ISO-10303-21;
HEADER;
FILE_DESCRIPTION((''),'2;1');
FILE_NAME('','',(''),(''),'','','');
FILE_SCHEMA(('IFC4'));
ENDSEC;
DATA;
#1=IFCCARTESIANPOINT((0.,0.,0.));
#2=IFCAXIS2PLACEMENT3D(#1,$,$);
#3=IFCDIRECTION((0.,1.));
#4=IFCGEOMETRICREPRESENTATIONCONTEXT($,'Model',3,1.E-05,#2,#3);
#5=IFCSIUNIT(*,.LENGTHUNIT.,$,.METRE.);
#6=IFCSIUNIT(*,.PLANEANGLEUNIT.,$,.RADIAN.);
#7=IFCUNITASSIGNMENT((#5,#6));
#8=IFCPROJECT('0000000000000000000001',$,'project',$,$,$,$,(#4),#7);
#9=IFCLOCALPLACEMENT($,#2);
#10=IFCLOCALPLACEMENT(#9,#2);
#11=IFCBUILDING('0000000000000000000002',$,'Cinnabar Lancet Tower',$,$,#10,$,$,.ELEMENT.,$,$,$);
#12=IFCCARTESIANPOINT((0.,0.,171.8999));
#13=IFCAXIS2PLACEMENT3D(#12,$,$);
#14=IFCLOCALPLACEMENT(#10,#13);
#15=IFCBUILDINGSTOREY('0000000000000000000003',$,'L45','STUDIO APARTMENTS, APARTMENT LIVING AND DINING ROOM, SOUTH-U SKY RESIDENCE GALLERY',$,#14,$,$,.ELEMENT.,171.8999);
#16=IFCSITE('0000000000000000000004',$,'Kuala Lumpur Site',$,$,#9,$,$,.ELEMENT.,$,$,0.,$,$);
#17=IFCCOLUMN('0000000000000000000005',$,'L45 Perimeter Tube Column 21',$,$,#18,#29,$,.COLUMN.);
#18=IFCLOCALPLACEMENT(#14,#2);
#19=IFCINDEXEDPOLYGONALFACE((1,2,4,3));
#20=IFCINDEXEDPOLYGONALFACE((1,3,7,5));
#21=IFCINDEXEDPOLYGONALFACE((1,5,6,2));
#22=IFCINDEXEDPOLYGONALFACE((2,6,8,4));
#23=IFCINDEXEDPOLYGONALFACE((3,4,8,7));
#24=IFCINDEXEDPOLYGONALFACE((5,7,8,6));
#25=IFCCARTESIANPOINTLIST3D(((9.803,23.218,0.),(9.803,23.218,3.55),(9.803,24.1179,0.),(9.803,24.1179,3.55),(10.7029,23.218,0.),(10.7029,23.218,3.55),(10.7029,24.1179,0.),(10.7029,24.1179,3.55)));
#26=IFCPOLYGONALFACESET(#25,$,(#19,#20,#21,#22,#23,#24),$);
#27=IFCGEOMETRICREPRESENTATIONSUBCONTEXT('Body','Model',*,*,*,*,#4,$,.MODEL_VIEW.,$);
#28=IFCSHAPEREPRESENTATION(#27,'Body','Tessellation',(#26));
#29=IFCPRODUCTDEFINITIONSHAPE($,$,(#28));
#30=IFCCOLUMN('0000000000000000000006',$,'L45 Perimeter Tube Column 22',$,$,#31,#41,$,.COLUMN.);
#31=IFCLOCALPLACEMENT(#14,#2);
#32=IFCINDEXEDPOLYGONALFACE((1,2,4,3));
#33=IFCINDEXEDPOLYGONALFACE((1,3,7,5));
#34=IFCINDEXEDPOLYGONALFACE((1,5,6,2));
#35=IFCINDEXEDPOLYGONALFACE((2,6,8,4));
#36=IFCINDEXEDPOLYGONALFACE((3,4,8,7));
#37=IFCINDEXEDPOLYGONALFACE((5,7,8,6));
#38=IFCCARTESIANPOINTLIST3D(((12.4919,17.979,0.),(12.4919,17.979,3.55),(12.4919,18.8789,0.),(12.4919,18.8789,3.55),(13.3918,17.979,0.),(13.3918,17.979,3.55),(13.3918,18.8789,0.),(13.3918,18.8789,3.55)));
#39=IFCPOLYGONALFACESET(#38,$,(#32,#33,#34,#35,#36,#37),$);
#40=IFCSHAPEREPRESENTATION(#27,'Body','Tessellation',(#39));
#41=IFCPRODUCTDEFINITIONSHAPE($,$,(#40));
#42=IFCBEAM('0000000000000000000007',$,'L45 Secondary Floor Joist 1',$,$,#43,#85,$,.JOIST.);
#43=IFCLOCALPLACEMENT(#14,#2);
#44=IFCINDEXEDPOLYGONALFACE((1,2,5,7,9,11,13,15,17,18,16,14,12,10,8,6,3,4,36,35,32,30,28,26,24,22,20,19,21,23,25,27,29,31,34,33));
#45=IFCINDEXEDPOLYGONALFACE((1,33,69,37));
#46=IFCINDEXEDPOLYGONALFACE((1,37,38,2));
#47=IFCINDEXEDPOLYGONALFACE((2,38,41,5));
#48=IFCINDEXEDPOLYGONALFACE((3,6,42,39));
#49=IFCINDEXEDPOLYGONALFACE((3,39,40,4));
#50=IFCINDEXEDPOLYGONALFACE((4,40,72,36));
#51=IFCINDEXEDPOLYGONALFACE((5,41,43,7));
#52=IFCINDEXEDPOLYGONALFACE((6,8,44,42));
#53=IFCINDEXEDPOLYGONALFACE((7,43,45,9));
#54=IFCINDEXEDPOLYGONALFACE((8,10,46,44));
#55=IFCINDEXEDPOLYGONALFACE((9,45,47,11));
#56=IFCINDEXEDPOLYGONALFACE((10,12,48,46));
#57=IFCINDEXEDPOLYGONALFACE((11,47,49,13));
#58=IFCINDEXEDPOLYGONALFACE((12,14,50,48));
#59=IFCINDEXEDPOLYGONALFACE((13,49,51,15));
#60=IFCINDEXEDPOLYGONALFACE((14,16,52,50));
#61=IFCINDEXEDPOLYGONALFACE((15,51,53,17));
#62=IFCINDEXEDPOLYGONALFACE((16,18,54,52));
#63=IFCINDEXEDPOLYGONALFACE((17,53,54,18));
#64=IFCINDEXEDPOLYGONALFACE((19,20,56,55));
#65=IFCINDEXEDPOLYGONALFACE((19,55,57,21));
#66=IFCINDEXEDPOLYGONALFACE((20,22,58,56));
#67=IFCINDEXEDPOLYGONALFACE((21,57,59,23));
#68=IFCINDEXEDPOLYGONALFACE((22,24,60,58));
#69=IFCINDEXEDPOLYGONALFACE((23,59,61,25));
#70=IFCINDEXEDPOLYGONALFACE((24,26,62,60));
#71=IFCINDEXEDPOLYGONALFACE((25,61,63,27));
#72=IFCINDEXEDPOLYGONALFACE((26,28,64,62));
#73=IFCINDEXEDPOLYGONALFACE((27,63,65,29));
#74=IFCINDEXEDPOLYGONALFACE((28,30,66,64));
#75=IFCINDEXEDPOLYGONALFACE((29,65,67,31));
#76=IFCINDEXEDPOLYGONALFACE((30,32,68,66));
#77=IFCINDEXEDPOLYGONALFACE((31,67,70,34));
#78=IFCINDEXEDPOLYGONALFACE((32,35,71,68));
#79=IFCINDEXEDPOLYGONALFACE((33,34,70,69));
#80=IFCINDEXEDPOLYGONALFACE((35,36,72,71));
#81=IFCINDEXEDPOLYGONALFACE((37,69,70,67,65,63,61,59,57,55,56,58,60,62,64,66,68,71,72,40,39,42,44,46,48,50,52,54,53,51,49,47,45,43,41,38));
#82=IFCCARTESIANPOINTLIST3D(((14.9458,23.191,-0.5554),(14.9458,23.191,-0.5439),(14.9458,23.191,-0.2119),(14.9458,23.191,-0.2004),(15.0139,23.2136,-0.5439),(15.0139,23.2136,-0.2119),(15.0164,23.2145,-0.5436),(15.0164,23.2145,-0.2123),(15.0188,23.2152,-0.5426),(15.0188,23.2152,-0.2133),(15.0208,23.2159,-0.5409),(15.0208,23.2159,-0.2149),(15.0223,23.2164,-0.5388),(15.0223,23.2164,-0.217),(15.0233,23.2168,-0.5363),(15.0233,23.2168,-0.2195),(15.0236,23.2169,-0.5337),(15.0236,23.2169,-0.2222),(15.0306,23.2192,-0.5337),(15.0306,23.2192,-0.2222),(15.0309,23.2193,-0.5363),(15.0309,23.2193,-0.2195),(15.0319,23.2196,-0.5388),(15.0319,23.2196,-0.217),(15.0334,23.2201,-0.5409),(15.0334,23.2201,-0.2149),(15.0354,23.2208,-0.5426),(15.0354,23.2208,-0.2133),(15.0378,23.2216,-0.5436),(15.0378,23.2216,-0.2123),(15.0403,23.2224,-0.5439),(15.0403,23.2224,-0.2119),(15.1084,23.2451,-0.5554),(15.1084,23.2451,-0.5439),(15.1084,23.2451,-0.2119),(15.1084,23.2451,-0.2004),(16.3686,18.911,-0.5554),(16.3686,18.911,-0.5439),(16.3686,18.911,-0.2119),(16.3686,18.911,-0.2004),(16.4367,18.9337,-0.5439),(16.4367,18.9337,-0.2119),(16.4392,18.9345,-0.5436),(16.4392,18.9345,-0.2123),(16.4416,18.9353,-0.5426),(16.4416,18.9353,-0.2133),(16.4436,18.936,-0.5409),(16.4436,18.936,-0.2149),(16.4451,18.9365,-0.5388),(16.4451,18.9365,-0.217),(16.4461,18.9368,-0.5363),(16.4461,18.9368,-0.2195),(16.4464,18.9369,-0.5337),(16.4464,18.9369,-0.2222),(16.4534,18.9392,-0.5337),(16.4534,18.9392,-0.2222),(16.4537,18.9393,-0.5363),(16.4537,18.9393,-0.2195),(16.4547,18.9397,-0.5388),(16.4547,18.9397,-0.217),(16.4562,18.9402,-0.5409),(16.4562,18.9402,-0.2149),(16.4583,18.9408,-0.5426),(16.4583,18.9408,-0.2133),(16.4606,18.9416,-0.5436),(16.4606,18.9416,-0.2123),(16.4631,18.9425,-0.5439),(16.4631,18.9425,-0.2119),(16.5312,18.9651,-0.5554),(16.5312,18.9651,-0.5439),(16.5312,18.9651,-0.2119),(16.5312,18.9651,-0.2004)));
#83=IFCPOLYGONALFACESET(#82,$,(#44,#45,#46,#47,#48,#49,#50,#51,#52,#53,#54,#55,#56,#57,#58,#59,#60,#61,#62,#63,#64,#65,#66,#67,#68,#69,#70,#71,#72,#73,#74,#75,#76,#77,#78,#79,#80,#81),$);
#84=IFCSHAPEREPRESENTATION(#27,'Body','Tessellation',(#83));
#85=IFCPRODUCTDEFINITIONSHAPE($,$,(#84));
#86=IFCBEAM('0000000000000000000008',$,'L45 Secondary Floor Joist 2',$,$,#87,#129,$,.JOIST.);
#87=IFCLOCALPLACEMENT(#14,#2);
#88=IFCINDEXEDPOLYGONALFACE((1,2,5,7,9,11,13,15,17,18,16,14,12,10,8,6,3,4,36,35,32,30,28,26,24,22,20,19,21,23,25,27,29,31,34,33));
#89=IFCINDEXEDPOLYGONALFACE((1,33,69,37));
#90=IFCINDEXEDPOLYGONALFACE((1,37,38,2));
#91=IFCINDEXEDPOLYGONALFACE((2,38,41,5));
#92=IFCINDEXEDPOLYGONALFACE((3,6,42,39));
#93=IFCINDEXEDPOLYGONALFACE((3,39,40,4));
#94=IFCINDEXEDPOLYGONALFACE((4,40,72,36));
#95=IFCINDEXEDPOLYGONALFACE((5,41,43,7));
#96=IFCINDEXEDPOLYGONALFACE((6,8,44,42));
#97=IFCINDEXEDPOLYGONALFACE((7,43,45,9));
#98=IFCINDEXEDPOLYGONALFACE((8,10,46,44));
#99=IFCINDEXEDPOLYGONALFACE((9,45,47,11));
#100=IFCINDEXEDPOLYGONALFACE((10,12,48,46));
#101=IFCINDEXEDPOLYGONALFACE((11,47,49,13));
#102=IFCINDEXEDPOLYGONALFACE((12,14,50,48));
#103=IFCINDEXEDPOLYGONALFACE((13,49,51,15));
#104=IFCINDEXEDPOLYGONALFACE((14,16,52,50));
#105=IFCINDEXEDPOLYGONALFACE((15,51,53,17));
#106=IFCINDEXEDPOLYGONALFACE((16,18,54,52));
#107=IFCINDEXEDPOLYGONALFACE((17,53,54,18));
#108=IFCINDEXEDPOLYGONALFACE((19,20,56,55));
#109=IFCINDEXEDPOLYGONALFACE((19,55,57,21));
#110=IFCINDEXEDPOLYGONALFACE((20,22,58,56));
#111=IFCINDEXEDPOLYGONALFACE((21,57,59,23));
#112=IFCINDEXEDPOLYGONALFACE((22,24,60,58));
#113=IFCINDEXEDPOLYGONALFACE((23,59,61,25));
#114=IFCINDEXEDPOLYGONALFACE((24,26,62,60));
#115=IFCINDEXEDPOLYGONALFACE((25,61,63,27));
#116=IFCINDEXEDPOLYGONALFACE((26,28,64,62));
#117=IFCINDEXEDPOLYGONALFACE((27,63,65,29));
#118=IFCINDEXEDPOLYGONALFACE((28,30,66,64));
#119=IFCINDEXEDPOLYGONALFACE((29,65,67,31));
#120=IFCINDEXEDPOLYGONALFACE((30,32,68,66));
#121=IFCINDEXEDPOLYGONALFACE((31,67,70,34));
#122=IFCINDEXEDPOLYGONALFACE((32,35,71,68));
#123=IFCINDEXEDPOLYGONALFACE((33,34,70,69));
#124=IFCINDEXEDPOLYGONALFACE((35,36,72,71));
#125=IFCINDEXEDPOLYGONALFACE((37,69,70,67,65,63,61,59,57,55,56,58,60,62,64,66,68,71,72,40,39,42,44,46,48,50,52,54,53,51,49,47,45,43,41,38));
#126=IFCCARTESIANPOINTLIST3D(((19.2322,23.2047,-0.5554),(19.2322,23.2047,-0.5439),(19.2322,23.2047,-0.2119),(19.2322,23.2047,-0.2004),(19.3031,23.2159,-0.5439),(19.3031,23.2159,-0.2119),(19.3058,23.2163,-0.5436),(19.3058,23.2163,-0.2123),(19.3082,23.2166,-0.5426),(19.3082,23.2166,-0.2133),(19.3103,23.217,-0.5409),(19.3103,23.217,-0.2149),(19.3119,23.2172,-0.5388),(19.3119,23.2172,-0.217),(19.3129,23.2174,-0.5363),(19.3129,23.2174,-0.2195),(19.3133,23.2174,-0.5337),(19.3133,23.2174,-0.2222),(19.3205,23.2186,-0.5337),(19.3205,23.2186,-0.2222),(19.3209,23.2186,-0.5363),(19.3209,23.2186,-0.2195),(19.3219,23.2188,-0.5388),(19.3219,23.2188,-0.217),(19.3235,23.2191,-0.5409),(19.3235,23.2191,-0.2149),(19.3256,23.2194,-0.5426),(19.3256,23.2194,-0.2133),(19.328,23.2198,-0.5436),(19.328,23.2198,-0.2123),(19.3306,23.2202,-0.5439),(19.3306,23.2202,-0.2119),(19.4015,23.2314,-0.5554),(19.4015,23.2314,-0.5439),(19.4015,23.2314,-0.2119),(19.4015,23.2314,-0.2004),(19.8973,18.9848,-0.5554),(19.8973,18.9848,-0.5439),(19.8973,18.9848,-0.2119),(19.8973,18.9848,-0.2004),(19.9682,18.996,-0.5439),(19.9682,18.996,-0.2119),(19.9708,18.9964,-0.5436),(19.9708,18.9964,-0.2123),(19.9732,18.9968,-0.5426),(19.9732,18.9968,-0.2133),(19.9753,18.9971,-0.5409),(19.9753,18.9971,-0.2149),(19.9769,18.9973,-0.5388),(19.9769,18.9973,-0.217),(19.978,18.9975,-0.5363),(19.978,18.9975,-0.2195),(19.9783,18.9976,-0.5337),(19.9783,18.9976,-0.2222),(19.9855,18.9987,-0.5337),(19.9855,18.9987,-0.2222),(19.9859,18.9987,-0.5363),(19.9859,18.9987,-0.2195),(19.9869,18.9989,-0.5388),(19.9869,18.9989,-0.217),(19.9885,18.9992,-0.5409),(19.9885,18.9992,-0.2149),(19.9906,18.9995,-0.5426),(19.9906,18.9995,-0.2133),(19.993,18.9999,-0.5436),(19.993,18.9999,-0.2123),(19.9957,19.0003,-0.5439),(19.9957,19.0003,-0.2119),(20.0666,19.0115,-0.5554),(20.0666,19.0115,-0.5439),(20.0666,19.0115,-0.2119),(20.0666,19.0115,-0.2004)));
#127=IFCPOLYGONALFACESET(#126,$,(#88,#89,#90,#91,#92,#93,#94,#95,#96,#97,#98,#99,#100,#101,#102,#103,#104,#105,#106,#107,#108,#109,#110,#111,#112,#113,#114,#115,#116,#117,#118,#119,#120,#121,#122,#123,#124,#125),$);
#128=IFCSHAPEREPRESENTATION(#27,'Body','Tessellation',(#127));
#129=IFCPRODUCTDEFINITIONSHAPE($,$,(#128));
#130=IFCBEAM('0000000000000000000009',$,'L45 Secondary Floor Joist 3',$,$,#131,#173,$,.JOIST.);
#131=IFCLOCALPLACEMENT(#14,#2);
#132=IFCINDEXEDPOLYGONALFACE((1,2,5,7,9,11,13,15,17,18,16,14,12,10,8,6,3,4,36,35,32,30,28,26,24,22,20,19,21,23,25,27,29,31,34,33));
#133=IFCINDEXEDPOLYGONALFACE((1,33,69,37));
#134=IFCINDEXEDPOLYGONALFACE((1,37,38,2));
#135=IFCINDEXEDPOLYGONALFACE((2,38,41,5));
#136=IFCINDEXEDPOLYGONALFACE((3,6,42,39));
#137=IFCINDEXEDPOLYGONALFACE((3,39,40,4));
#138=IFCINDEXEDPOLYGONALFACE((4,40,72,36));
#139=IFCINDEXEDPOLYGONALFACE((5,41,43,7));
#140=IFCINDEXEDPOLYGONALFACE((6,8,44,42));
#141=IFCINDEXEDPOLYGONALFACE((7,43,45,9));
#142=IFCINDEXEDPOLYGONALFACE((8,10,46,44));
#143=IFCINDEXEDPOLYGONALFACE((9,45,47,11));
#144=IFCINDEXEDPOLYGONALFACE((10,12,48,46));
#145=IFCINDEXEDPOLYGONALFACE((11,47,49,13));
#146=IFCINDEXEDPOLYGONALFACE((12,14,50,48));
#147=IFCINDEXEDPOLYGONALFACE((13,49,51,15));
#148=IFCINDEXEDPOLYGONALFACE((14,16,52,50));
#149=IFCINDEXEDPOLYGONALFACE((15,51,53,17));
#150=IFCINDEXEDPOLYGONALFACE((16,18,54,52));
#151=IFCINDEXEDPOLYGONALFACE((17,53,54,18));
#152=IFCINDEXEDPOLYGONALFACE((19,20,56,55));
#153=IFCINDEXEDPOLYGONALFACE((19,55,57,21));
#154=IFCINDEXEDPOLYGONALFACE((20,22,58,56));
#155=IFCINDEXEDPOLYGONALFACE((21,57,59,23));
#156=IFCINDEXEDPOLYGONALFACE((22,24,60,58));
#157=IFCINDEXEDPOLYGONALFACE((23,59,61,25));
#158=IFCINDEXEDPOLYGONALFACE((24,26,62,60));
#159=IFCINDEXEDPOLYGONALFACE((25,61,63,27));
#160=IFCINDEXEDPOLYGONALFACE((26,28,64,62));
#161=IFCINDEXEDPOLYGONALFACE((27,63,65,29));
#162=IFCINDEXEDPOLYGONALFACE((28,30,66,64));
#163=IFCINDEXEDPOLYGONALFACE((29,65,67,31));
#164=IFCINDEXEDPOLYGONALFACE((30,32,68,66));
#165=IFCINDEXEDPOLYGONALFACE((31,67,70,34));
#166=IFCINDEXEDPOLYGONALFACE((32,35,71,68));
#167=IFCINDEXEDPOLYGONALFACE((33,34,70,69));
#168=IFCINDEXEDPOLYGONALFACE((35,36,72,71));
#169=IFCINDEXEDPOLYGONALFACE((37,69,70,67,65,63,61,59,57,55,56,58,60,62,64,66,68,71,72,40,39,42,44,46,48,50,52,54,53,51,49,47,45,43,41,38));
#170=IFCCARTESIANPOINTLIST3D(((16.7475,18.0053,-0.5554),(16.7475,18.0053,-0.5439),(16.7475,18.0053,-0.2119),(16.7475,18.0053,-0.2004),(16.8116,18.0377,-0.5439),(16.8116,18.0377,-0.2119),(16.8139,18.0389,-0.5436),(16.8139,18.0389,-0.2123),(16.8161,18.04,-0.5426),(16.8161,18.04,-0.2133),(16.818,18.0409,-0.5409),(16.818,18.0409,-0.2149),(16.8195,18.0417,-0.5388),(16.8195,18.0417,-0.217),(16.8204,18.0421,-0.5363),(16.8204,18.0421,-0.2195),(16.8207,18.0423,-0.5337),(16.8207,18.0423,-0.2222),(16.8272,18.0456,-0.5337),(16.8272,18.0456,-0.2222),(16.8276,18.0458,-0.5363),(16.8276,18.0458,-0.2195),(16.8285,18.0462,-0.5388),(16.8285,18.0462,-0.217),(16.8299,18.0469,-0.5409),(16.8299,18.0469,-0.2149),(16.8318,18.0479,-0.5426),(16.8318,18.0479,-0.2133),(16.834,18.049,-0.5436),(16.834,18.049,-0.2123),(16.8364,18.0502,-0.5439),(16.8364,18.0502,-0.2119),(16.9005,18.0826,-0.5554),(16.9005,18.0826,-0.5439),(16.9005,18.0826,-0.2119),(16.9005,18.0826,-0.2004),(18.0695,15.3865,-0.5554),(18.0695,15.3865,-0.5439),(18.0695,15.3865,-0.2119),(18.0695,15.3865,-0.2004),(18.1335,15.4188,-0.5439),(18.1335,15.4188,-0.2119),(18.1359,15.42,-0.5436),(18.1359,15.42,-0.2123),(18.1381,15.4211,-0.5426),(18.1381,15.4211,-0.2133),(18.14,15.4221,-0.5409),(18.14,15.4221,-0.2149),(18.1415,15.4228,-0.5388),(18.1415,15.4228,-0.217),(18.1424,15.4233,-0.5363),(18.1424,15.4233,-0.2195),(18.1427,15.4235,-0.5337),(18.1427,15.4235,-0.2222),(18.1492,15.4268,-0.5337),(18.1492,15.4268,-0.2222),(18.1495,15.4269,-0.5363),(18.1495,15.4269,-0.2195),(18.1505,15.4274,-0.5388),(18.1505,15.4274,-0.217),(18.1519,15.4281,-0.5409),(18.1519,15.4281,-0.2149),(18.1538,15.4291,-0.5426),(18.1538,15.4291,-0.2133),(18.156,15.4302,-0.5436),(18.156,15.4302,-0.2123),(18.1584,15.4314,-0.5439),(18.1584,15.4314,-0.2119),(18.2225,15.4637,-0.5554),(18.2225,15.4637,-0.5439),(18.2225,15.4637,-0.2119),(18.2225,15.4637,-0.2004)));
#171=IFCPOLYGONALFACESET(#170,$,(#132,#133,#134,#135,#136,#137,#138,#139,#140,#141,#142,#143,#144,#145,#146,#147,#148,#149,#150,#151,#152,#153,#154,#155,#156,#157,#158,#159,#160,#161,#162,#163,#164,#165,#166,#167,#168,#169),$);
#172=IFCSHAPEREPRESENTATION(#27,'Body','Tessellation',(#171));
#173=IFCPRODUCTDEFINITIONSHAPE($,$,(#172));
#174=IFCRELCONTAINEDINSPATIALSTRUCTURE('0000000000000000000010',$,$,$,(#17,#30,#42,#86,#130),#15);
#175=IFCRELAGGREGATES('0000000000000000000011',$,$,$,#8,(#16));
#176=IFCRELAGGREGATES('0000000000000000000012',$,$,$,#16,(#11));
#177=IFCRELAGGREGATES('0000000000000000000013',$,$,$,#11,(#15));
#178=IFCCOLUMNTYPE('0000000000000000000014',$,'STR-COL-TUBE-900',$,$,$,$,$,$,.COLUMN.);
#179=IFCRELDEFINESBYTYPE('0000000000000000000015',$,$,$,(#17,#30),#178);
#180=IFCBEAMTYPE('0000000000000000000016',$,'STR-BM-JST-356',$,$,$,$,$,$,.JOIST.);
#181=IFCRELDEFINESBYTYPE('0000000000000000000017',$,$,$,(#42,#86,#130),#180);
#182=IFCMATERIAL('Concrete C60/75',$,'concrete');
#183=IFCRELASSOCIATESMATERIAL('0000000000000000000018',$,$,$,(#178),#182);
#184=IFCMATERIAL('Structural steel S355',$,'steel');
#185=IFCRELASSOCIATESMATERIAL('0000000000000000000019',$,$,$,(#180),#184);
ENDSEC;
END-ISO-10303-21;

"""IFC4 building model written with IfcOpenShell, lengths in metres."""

from ifc_helpers import new_model, si_unit, direction, frame, origin, origin_2d, place, context, subcontext, project, spatial, rectangle, i_section, extrude, material, material_profile, profile_set, type_object, element, save


model = new_model("IFC4")

# Units and contexts
model_context = context("Model", 3, precision=1e-05, world=origin(), true_north=direction((0.0, 1.0)))
body_context = subcontext(model_context, "Body", "Model", "MODEL_VIEW")
ifc_project = project(units=[si_unit("LENGTHUNIT", "METRE"), si_unit("PLANEANGLEUNIT", "RADIAN")], contexts=[model_context])

# Site, building, storey
site_placement = place(None, origin())
site = spatial("IfcSite", under=ifc_project, at=site_placement, Name="Kuala Lumpur Site", CompositionType="ELEMENT", RefElevation=0.0)
building_placement = place(site_placement, origin())
building = spatial("IfcBuilding", under=site, at=building_placement, Name="Cinnabar Lancet Tower", CompositionType="ELEMENT")
storey_placement = place(building_placement, frame((0.0, 0.0, 171.8999)))
storey = spatial("IfcBuildingStorey", under=building, at=storey_placement, Name="L45", Description="STUDIO APARTMENTS, APARTMENT LIVING AND DINING ROOM, SOUTH-U SKY RESIDENCE GALLERY", CompositionType="ELEMENT", Elevation=171.8999)

# Columns
ifc_material_1 = material(Name="Concrete C60/75", Category="concrete")
ifc_material_profile_1 = material_profile(ifc_material_1, rectangle(XDim=0.8999, YDim=0.8999, at=origin_2d()), Name="RC-COL 900x900")
ifc_profile_set_1 = profile_set([ifc_material_profile_1], Name="Concrete C60/75")
column_type = type_object("IfcColumnType", Name="STR-COL-TUBE-900", PredefinedType="COLUMN", material=ifc_profile_set_1)
for number, where, z_axis, x_axis, name in (
    (1, (10.2529, 23.668, 0.0), (0.0, 0.0, 1.0), (1.0, 0.0, 0.0), "L45 Perimeter Tube Column 21"),
    (2, (12.9419, 18.429, 0.0), (0.0, 0.0, 1.0), (1.0, 0.0, 0.0), "L45 Perimeter Tube Column 22"),
):
    element("IfcColumn", number, at=place(storey_placement, frame(where, z_axis=z_axis, x_axis=x_axis)), inside=storey, type_object=column_type, Name=name, PredefinedType="COLUMN", context=body_context, shape_type="SweptSolid", body=[
        extrude(rectangle(XDim=0.8999, YDim=0.8999, at=origin_2d()), origin(), (0.0, 0.0, 1.0), 3.55),
    ])

# Beams
ifc_material_2 = material(Name="Structural steel S355", Category="steel")
ifc_material_profile_2 = material_profile(ifc_material_2, i_section(OverallWidth=0.1714, OverallDepth=0.355, WebThickness=0.0073, FlangeThickness=0.0115, FilletRadius=0.0103, at=origin_2d()), Name="UKB 356x171x51")
ifc_profile_set_2 = profile_set([ifc_material_profile_2], Name="Structural steel S355")
beam_type_1 = type_object("IfcBeamType", Name="STR-BM-JST-356", PredefinedType="JOIST", material=ifc_profile_set_2)
beam_1_placement = place(storey_placement, frame((15.0271, 23.218, -0.3779), z_axis=(0.315464, -0.948937, 0.0), x_axis=(0.948937, 0.315464, 0.0)))
element("IfcBeam", 3, at=beam_1_placement, inside=storey, type_object=beam_type_1, Name="L45 Secondary Floor Joist 1", PredefinedType="JOIST", context=body_context, shape_type="SweptSolid", body=[
    extrude(i_section(OverallWidth=0.1714, OverallDepth=0.355, WebThickness=0.0073, FlangeThickness=0.0115, FilletRadius=0.0103, at=origin_2d()), origin(), (0.0, 0.0, 1.0), 4.5103),
])
beam_2_placement = place(storey_placement, frame((19.3169, 23.218, -0.3779), z_axis=(0.155672, -0.987809, 0.0), x_axis=(0.987809, 0.155672, 0.0)))
element("IfcBeam", 4, at=beam_2_placement, inside=storey, type_object=beam_type_1, Name="L45 Secondary Floor Joist 2", PredefinedType="JOIST", context=body_context, shape_type="SweptSolid", body=[
    extrude(i_section(OverallWidth=0.1714, OverallDepth=0.355, WebThickness=0.0073, FlangeThickness=0.0115, FilletRadius=0.0103, at=origin_2d()), origin(), (0.0, 0.0, 1.0), 4.272),
])
beam_3_placement = place(storey_placement, frame((16.824, 18.0439, -0.3779), z_axis=(0.450639, -0.892706, 0.0), x_axis=(0.892706, 0.450639, 0.0)))
element("IfcBeam", 5, at=beam_3_placement, inside=storey, type_object=beam_type_1, Name="L45 Secondary Floor Joist 3", PredefinedType="JOIST", context=body_context, shape_type="SweptSolid", body=[
    extrude(i_section(OverallWidth=0.1714, OverallDepth=0.355, WebThickness=0.0073, FlangeThickness=0.0115, FilletRadius=0.0103, at=origin_2d()), origin(), (0.0, 0.0, 1.0), 2.9336),
])

save(model, "model.ifc")
